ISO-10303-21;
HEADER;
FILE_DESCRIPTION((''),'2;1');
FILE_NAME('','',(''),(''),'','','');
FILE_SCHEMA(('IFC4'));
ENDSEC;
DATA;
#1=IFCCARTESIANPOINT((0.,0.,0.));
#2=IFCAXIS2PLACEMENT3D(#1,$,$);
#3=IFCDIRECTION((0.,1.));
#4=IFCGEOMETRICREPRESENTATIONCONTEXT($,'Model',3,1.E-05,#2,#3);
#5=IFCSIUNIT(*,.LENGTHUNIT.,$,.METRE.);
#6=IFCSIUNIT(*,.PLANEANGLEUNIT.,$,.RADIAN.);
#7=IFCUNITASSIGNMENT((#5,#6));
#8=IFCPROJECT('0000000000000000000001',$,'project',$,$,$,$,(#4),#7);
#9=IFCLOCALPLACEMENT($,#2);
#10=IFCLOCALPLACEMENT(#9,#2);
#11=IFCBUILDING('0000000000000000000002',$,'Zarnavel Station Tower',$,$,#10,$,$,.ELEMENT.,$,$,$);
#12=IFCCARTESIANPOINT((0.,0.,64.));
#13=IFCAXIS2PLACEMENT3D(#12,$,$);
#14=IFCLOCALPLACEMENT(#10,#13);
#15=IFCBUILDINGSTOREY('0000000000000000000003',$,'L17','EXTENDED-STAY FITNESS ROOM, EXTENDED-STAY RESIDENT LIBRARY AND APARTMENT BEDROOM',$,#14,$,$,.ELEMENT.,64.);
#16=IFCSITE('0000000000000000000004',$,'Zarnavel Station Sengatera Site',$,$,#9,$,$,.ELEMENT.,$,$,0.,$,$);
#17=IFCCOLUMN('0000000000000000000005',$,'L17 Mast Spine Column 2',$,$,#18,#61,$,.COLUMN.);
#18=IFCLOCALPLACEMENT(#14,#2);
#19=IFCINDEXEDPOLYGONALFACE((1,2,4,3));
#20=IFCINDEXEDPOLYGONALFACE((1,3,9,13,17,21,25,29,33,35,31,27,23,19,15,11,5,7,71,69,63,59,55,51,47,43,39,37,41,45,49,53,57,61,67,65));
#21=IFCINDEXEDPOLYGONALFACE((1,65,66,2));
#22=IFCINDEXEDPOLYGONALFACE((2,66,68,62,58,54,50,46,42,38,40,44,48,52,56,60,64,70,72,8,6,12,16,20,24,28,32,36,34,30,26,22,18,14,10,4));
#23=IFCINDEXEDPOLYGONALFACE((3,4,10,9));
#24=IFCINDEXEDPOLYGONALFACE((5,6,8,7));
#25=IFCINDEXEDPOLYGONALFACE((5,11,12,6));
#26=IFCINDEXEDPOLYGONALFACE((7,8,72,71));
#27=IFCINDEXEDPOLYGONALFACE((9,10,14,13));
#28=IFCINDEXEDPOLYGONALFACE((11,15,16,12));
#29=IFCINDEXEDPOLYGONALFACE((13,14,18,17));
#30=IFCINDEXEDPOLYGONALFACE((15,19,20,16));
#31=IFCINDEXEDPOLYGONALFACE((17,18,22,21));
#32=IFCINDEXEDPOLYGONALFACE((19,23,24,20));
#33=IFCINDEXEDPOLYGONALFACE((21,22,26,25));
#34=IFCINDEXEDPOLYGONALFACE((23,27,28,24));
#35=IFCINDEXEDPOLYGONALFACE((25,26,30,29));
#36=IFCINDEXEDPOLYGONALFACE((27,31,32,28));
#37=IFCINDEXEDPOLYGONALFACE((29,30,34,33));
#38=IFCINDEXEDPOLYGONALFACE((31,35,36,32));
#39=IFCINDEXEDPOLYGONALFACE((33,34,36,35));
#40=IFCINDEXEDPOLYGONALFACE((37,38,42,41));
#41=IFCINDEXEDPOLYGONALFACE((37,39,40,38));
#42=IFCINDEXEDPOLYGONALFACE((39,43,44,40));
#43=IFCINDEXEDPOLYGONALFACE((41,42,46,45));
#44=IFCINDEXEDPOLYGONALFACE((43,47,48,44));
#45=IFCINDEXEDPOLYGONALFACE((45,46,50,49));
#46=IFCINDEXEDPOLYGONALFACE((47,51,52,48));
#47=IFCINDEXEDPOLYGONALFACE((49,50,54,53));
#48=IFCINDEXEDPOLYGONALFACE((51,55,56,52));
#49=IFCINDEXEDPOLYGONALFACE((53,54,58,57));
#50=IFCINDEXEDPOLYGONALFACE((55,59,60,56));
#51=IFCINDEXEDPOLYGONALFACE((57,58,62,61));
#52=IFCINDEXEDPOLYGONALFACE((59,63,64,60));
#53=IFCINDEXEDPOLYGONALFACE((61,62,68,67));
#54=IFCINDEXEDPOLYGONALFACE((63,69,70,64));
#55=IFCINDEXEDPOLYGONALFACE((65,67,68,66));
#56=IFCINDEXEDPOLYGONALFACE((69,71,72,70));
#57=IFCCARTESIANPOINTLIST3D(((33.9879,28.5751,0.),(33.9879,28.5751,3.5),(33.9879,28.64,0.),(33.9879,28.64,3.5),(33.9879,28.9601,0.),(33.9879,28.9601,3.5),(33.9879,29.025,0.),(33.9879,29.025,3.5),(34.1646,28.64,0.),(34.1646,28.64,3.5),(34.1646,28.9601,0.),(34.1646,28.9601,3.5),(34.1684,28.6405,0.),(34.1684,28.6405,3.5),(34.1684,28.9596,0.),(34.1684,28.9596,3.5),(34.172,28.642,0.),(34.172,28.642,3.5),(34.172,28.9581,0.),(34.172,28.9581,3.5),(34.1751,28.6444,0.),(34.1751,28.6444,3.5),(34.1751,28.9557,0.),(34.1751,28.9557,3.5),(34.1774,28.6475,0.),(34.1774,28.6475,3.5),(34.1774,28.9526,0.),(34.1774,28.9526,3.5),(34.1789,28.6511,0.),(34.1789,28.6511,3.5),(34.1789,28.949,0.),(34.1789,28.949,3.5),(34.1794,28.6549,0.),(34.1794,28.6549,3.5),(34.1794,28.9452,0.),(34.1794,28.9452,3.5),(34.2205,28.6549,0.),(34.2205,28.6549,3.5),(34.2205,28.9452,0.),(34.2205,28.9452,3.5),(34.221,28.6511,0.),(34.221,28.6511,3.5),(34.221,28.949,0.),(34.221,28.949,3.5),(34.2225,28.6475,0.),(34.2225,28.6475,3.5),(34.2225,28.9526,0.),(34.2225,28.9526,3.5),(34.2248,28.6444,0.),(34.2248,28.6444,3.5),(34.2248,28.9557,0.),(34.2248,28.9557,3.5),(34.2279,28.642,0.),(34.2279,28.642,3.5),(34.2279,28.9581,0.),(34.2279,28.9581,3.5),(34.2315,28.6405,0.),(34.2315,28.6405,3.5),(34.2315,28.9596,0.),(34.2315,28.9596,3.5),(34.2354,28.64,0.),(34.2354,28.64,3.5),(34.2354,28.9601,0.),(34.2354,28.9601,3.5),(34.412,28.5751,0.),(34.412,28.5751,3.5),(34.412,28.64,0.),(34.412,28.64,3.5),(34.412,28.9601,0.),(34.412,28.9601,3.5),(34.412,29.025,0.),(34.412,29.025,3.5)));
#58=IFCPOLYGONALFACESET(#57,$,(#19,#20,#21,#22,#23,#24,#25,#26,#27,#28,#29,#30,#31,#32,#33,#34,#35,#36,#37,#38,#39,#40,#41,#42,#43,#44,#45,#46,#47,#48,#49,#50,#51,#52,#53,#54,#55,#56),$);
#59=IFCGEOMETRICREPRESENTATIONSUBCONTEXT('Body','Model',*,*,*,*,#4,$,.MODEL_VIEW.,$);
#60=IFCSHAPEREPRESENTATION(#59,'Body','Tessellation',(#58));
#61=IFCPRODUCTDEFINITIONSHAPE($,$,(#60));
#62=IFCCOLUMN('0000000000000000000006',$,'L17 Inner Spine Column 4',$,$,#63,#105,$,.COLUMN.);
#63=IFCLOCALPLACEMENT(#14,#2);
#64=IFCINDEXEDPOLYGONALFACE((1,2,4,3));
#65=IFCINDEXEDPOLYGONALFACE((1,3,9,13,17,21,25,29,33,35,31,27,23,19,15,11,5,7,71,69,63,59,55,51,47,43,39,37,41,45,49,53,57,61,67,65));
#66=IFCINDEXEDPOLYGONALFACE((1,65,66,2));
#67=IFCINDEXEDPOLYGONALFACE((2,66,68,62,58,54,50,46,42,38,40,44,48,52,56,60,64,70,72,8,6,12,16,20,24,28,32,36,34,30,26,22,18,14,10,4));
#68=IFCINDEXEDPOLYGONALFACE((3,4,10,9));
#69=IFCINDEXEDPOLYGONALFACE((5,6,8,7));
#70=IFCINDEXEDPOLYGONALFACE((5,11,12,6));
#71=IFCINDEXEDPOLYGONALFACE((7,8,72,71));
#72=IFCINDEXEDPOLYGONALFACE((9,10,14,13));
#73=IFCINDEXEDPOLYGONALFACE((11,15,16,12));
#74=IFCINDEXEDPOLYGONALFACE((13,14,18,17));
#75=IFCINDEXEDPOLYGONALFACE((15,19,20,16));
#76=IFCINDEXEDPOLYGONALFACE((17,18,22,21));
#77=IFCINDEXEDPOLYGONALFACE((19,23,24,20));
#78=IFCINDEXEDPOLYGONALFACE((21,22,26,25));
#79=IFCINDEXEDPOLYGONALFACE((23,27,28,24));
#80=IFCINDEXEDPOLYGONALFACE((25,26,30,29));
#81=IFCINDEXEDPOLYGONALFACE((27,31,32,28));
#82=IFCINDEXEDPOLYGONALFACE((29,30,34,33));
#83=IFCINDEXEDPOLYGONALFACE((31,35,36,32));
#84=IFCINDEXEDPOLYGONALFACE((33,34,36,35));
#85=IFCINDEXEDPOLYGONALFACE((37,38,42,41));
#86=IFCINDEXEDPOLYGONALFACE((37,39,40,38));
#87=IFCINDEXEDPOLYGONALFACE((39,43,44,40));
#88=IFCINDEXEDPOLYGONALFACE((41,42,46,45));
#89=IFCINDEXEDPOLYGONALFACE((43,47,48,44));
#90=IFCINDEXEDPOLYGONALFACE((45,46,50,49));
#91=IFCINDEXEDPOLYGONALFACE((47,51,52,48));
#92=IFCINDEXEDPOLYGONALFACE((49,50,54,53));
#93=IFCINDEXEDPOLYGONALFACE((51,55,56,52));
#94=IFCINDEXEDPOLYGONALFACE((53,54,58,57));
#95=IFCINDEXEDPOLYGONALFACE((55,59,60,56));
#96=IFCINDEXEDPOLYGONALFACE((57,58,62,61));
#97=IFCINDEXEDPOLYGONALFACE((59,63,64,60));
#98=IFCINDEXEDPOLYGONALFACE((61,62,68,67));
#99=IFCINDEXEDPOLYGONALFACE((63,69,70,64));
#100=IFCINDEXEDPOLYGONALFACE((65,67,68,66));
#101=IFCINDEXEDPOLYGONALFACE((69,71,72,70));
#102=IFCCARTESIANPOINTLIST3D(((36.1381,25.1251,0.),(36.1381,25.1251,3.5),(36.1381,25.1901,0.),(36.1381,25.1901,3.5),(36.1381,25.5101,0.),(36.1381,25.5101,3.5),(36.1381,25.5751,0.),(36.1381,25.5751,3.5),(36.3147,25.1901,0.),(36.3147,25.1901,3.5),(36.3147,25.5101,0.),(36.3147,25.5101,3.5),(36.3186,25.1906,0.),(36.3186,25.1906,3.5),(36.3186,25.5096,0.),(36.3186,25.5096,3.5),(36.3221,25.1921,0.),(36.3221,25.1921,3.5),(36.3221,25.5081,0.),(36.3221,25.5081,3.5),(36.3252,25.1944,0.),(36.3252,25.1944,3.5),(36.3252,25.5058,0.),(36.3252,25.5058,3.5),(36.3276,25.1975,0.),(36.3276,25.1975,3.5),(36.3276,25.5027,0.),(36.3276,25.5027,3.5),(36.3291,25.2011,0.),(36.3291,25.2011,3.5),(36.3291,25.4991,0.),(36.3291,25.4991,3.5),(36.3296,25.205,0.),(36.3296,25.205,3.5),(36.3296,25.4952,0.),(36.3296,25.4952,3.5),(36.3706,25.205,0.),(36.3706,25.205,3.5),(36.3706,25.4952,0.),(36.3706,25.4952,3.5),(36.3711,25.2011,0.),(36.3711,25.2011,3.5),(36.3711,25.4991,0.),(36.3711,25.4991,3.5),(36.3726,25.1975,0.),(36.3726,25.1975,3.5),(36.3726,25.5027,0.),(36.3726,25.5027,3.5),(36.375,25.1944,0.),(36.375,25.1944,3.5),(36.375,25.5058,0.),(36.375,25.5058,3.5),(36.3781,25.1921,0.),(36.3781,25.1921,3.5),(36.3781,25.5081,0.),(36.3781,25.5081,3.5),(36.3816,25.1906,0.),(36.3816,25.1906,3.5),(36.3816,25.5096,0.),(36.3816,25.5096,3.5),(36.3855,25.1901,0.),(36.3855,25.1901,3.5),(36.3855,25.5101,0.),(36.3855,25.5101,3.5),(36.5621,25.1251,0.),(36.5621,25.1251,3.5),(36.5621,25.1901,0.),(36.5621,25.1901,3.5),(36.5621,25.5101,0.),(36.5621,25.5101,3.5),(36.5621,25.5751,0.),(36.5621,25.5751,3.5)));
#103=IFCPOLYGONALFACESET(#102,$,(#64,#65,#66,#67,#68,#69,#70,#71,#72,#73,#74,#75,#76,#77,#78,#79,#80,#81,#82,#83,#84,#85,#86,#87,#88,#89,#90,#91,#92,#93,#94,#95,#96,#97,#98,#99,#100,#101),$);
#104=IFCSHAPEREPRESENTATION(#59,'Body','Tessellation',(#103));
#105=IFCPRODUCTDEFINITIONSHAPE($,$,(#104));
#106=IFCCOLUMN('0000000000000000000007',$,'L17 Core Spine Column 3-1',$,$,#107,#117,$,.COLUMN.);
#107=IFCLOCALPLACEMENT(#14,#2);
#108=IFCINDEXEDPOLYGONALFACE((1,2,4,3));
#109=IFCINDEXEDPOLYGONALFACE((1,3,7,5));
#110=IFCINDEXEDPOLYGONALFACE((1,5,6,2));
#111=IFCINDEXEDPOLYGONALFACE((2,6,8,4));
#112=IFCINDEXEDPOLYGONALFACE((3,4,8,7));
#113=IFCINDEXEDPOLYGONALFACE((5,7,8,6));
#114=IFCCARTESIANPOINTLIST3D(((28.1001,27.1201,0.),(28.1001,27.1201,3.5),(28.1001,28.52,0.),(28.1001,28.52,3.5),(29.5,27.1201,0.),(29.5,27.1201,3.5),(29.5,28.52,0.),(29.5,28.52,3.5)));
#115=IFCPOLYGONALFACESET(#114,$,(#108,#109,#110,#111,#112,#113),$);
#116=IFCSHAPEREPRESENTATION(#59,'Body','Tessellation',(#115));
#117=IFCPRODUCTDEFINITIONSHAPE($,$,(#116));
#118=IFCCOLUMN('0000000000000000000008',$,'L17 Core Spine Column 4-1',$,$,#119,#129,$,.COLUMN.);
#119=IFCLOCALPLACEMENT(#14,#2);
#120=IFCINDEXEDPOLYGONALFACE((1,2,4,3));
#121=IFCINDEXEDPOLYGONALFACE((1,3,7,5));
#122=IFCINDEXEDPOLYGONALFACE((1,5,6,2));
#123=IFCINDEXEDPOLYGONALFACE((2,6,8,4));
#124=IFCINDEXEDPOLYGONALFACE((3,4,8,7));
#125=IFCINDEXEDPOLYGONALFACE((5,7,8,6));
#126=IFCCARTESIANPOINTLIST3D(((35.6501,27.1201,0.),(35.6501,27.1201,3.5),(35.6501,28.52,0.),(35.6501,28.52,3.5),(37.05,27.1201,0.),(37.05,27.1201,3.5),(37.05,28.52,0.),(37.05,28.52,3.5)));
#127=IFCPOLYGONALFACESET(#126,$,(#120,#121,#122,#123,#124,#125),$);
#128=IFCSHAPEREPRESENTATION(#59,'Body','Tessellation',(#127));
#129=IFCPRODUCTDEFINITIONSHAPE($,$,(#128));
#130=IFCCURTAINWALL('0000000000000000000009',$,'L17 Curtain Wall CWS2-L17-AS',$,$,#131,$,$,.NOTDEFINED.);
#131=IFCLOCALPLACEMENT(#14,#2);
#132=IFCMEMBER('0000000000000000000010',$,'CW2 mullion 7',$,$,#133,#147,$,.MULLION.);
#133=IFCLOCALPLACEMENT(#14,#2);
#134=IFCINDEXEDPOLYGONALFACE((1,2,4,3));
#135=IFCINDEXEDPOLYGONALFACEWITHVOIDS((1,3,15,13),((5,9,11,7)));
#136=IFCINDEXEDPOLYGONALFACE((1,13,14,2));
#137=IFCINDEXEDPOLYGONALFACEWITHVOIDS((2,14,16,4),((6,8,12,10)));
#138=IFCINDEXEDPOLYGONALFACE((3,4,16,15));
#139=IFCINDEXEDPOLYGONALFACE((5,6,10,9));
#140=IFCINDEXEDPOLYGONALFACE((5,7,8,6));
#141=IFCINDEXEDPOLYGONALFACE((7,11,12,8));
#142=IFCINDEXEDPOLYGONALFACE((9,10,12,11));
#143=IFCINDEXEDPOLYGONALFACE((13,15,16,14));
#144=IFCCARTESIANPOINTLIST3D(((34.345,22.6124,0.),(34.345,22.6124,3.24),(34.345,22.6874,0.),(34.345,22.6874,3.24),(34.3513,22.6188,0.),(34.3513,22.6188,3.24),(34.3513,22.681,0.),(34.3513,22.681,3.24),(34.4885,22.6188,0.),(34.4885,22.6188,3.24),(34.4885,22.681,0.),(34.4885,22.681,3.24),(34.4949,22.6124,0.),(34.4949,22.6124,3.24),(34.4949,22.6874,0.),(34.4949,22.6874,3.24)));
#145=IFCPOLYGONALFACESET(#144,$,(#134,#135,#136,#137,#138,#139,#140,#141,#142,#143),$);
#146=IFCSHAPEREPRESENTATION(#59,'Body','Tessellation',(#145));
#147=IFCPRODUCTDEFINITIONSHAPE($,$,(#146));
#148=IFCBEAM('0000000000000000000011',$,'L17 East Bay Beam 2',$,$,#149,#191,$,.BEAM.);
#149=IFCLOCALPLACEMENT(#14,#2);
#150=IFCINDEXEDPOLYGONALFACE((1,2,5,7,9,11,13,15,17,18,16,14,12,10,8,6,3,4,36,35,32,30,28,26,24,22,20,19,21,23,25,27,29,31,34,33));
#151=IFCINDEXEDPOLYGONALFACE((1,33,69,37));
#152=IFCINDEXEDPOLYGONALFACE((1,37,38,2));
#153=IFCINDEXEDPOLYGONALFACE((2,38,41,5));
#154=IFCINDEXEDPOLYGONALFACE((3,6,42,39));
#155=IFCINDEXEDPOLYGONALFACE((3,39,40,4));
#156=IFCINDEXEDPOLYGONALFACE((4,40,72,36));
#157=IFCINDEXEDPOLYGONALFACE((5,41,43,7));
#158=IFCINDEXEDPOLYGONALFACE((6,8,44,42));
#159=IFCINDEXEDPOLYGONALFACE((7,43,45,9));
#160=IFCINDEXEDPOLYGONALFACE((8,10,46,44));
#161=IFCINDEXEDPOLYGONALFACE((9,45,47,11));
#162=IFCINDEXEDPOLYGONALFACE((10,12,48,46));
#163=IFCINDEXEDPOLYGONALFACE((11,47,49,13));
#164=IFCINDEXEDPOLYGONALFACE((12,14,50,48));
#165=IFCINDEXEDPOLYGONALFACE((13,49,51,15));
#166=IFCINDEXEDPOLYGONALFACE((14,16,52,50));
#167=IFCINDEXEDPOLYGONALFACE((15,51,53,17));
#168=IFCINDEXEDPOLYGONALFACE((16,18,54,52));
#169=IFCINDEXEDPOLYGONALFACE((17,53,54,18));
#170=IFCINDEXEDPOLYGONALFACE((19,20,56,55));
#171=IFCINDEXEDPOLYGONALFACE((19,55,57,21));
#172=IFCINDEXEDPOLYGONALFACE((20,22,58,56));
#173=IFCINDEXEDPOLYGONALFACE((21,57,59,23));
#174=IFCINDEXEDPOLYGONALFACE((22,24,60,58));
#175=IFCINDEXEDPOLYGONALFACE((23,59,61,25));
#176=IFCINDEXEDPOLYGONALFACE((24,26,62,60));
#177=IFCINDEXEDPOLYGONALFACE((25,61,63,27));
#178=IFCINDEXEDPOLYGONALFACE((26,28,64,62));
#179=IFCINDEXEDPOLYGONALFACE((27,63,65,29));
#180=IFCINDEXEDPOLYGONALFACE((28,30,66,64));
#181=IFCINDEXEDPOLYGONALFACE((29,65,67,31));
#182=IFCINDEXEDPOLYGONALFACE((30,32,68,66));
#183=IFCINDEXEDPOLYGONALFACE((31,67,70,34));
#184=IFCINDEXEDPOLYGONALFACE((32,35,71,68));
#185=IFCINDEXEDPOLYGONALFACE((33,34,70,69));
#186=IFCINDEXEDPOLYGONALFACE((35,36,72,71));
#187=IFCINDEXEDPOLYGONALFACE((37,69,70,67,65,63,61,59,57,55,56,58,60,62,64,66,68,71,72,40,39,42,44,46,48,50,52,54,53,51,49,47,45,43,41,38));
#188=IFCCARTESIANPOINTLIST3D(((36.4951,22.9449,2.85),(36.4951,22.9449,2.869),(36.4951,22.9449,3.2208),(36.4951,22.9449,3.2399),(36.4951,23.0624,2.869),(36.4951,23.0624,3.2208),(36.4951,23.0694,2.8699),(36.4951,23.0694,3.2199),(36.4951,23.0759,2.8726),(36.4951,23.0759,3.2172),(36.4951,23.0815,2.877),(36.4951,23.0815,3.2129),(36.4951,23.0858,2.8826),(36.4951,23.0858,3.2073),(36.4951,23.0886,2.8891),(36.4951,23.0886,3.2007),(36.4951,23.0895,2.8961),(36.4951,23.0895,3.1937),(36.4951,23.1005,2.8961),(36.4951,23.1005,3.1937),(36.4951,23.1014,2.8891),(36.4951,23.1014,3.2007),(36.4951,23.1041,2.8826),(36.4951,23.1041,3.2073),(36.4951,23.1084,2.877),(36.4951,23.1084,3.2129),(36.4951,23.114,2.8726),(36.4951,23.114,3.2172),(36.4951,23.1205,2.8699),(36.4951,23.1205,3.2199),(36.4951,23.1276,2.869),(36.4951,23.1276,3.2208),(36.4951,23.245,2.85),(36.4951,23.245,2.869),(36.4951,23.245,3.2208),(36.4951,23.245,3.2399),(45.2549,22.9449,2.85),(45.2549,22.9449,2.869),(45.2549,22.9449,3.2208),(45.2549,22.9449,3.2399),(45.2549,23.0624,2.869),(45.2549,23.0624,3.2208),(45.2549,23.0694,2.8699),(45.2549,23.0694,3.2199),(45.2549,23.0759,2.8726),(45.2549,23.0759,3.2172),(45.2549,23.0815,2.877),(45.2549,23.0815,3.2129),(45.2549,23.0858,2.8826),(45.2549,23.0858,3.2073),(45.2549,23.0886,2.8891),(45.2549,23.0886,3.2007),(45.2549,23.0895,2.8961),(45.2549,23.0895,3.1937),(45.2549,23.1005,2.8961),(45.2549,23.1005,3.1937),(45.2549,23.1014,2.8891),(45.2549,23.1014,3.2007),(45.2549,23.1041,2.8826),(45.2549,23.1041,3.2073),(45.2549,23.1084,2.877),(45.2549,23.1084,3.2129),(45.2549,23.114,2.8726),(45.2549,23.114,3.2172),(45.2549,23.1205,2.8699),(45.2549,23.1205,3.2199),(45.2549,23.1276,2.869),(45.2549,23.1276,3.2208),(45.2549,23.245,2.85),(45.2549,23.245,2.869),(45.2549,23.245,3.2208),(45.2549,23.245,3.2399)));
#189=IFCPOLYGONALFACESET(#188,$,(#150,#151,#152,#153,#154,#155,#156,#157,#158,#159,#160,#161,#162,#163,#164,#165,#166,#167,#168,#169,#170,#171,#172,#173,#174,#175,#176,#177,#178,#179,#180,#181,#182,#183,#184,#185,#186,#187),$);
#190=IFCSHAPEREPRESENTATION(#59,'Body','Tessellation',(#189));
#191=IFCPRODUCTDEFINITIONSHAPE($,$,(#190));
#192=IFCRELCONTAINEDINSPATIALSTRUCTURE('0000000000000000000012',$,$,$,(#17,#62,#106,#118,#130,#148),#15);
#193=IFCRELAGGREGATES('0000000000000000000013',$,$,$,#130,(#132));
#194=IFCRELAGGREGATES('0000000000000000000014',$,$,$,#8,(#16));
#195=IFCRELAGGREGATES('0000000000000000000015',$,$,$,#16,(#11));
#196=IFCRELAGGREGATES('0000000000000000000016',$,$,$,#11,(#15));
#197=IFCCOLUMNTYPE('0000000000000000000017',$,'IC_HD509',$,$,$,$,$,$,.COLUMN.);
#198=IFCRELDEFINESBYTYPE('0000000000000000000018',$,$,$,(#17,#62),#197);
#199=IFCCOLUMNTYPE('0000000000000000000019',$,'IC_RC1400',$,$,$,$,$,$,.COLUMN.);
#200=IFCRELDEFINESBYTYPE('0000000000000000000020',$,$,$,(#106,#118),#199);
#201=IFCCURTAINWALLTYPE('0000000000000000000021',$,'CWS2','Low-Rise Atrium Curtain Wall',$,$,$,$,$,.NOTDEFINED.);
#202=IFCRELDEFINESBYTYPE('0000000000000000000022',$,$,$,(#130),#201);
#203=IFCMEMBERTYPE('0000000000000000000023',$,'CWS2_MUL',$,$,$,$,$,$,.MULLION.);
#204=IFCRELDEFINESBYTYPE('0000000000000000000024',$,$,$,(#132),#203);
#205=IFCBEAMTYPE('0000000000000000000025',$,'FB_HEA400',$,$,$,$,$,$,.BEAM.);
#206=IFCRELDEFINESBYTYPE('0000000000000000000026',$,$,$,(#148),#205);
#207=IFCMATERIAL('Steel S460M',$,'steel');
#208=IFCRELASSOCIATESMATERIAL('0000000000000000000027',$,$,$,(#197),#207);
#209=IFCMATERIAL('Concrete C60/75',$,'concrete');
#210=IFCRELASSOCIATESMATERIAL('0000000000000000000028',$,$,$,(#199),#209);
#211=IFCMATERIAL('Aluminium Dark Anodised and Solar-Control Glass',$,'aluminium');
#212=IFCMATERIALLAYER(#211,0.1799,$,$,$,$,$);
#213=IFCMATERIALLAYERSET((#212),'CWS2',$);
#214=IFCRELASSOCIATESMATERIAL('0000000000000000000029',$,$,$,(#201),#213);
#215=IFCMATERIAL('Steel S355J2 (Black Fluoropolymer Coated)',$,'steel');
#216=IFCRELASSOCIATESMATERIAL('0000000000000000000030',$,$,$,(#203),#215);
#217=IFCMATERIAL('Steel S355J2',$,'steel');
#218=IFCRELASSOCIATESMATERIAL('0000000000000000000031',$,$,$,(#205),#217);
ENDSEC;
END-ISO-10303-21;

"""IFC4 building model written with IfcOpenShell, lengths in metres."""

from ifc_helpers import new_model, si_unit, direction, frame, origin, origin_2d, place, context, subcontext, project, spatial, rectangle, hollow_rectangle, i_section, extrude, material, layer, layer_set, material_profile, profile_set, type_object, element, aggregate, save


model = new_model("IFC4")

# Units and contexts
model_context = context("Model", 3, precision=1e-05, world=origin(), true_north=direction((0.0, 1.0)))
body_context = subcontext(model_context, "Body", "Model", "MODEL_VIEW")
ifc_project = project(units=[si_unit("LENGTHUNIT", "METRE"), si_unit("PLANEANGLEUNIT", "RADIAN")], contexts=[model_context])

# Site, building, storey
site_placement = place(None, origin())
site = spatial("IfcSite", under=ifc_project, at=site_placement, Name="Zarnavel Station Sengatera Site", CompositionType="ELEMENT", RefElevation=0.0)
building_placement = place(site_placement, origin())
building = spatial("IfcBuilding", under=site, at=building_placement, Name="Zarnavel Station Tower", CompositionType="ELEMENT")
storey_placement = place(building_placement, frame((0.0, 0.0, 64.0)))
storey = spatial("IfcBuildingStorey", under=building, at=storey_placement, Name="L17", Description="EXTENDED-STAY FITNESS ROOM, EXTENDED-STAY RESIDENT LIBRARY AND APARTMENT BEDROOM", CompositionType="ELEMENT", Elevation=64.0)

# Columns
ifc_material_1 = material(Name="Steel S460M", Category="steel")
ifc_material_profile_1 = material_profile(ifc_material_1, i_section(OverallWidth=0.4241, OverallDepth=0.45, WebThickness=0.041, FlangeThickness=0.0649, FilletRadius=0.0149, at=origin_2d()), Name="HD400x509")
ifc_profile_set_1 = profile_set([ifc_material_profile_1], Name="Steel S460M")
column_type_1 = type_object("IfcColumnType", Name="IC_HD509", PredefinedType="COLUMN", material=ifc_profile_set_1)
for number, where, z_axis, x_axis, name in (
    (1, (34.2, 28.8, 0.0), (0.0, 0.0, 1.0), (1.0, 0.0, 0.0), "L17 Mast Spine Column 2"),
    (2, (36.3501, 25.3501, 0.0), (0.0, 0.0, 1.0), (1.0, 0.0, 0.0), "L17 Inner Spine Column 4"),
):
    element("IfcColumn", number, at=place(storey_placement, frame(where, z_axis=z_axis, x_axis=x_axis)), inside=storey, type_object=column_type_1, Name=name, PredefinedType="COLUMN", context=body_context, shape_type="SweptSolid", body=[
        extrude(i_section(OverallWidth=0.4241, OverallDepth=0.45, WebThickness=0.041, FlangeThickness=0.0649, FilletRadius=0.0149, at=origin_2d()), origin(), (0.0, 0.0, 1.0), 3.5),
    ])
ifc_material_2 = material(Name="Concrete C60/75", Category="concrete")
ifc_material_profile_2 = material_profile(ifc_material_2, rectangle(XDim=1.3999, YDim=1.3999, at=origin_2d()), Name="RC1400x1400")
ifc_profile_set_2 = profile_set([ifc_material_profile_2], Name="Concrete C60/75")
column_type_2 = type_object("IfcColumnType", Name="IC_RC1400", PredefinedType="COLUMN", material=ifc_profile_set_2)
for number, where, z_axis, x_axis, name in (
    (3, (28.8, 27.8201, 0.0), (0.0, 0.0, 1.0), (1.0, 0.0, 0.0), "L17 Core Spine Column 3-1"),
    (4, (36.3501, 27.8201, 0.0), (0.0, 0.0, 1.0), (1.0, 0.0, 0.0), "L17 Core Spine Column 4-1"),
):
    element("IfcColumn", number, at=place(storey_placement, frame(where, z_axis=z_axis, x_axis=x_axis)), inside=storey, type_object=column_type_2, Name=name, PredefinedType="COLUMN", context=body_context, shape_type="SweptSolid", body=[
        extrude(rectangle(XDim=1.3999, YDim=1.3999, at=origin_2d()), origin(), (0.0, 0.0, 1.0), 3.5),
    ])

# Curtain wall, member
ifc_material_3 = material(Name="Aluminium Dark Anodised and Solar-Control Glass", Category="aluminium")
ifc_layer_1 = layer(ifc_material_3, 0.1799)
ifc_layer_set_1 = layer_set([ifc_layer_1], Name="CWS2")
curtain_wall_type = type_object("IfcCurtainWallType", Name="CWS2", Description="Low-Rise Atrium Curtain Wall", PredefinedType="NOTDEFINED", material=ifc_layer_set_1)
curtain_wall_placement = place(storey_placement, origin())
curtain_wall = element("IfcCurtainWall", 5, at=curtain_wall_placement, inside=storey, type_object=curtain_wall_type, Name="L17 Curtain Wall CWS2-L17-AS", PredefinedType="NOTDEFINED")
ifc_material_4 = material(Name="Steel S355J2 (Black Fluoropolymer Coated)", Category="steel")
ifc_material_profile_3 = material_profile(ifc_material_4, hollow_rectangle(XDim=0.075, YDim=0.1499, WallThickness=0.0063, at=origin_2d()), Name="RHS150x75x6.3")
ifc_profile_set_3 = profile_set([ifc_material_profile_3], Name="Steel S355J2 (Black Fluoropolymer Coated)")
member_type = type_object("IfcMemberType", Name="CWS2_MUL", PredefinedType="MULLION", material=ifc_profile_set_3)
member_placement = place(storey_placement, frame((34.4199, 22.6499, 0.0), z_axis=(0.0, 0.0, 1.0), x_axis=(0.0, 1.0, 0.0)))
member = element("IfcMember", 6, at=member_placement, type_object=member_type, Name="CW2 mullion 7", PredefinedType="MULLION", context=body_context, shape_type="SweptSolid", body=[
    extrude(hollow_rectangle(XDim=0.075, YDim=0.1499, WallThickness=0.0063, at=origin_2d()), origin(), (0.0, 0.0, 1.0), 3.24),
])
aggregate(curtain_wall, [member])

# Beam
ifc_material_5 = material(Name="Steel S355J2", Category="steel")
ifc_material_profile_4 = material_profile(ifc_material_5, i_section(OverallWidth=0.3, OverallDepth=0.3899, WebThickness=0.011, FlangeThickness=0.019, FilletRadius=0.0271, at=origin_2d()), Name="HEA400")
ifc_profile_set_4 = profile_set([ifc_material_profile_4], Name="Steel S355J2")
beam_type_1 = type_object("IfcBeamType", Name="FB_HEA400", PredefinedType="BEAM", material=ifc_profile_set_4)
beam_1_placement = place(storey_placement, frame((36.4951, 23.095, 3.0449), z_axis=(1.0, 0.0, 0.0), x_axis=(0.0, 1.0, 0.0)))
element("IfcBeam", 7, at=beam_1_placement, inside=storey, type_object=beam_type_1, Name="L17 East Bay Beam 2", PredefinedType="BEAM", context=body_context, shape_type="SweptSolid", body=[
    extrude(i_section(OverallWidth=0.3, OverallDepth=0.3899, WebThickness=0.011, FlangeThickness=0.019, FilletRadius=0.0271, at=origin_2d()), origin(), (0.0, 0.0, 1.0), 8.7598),
])

save(model, "model.ifc")
